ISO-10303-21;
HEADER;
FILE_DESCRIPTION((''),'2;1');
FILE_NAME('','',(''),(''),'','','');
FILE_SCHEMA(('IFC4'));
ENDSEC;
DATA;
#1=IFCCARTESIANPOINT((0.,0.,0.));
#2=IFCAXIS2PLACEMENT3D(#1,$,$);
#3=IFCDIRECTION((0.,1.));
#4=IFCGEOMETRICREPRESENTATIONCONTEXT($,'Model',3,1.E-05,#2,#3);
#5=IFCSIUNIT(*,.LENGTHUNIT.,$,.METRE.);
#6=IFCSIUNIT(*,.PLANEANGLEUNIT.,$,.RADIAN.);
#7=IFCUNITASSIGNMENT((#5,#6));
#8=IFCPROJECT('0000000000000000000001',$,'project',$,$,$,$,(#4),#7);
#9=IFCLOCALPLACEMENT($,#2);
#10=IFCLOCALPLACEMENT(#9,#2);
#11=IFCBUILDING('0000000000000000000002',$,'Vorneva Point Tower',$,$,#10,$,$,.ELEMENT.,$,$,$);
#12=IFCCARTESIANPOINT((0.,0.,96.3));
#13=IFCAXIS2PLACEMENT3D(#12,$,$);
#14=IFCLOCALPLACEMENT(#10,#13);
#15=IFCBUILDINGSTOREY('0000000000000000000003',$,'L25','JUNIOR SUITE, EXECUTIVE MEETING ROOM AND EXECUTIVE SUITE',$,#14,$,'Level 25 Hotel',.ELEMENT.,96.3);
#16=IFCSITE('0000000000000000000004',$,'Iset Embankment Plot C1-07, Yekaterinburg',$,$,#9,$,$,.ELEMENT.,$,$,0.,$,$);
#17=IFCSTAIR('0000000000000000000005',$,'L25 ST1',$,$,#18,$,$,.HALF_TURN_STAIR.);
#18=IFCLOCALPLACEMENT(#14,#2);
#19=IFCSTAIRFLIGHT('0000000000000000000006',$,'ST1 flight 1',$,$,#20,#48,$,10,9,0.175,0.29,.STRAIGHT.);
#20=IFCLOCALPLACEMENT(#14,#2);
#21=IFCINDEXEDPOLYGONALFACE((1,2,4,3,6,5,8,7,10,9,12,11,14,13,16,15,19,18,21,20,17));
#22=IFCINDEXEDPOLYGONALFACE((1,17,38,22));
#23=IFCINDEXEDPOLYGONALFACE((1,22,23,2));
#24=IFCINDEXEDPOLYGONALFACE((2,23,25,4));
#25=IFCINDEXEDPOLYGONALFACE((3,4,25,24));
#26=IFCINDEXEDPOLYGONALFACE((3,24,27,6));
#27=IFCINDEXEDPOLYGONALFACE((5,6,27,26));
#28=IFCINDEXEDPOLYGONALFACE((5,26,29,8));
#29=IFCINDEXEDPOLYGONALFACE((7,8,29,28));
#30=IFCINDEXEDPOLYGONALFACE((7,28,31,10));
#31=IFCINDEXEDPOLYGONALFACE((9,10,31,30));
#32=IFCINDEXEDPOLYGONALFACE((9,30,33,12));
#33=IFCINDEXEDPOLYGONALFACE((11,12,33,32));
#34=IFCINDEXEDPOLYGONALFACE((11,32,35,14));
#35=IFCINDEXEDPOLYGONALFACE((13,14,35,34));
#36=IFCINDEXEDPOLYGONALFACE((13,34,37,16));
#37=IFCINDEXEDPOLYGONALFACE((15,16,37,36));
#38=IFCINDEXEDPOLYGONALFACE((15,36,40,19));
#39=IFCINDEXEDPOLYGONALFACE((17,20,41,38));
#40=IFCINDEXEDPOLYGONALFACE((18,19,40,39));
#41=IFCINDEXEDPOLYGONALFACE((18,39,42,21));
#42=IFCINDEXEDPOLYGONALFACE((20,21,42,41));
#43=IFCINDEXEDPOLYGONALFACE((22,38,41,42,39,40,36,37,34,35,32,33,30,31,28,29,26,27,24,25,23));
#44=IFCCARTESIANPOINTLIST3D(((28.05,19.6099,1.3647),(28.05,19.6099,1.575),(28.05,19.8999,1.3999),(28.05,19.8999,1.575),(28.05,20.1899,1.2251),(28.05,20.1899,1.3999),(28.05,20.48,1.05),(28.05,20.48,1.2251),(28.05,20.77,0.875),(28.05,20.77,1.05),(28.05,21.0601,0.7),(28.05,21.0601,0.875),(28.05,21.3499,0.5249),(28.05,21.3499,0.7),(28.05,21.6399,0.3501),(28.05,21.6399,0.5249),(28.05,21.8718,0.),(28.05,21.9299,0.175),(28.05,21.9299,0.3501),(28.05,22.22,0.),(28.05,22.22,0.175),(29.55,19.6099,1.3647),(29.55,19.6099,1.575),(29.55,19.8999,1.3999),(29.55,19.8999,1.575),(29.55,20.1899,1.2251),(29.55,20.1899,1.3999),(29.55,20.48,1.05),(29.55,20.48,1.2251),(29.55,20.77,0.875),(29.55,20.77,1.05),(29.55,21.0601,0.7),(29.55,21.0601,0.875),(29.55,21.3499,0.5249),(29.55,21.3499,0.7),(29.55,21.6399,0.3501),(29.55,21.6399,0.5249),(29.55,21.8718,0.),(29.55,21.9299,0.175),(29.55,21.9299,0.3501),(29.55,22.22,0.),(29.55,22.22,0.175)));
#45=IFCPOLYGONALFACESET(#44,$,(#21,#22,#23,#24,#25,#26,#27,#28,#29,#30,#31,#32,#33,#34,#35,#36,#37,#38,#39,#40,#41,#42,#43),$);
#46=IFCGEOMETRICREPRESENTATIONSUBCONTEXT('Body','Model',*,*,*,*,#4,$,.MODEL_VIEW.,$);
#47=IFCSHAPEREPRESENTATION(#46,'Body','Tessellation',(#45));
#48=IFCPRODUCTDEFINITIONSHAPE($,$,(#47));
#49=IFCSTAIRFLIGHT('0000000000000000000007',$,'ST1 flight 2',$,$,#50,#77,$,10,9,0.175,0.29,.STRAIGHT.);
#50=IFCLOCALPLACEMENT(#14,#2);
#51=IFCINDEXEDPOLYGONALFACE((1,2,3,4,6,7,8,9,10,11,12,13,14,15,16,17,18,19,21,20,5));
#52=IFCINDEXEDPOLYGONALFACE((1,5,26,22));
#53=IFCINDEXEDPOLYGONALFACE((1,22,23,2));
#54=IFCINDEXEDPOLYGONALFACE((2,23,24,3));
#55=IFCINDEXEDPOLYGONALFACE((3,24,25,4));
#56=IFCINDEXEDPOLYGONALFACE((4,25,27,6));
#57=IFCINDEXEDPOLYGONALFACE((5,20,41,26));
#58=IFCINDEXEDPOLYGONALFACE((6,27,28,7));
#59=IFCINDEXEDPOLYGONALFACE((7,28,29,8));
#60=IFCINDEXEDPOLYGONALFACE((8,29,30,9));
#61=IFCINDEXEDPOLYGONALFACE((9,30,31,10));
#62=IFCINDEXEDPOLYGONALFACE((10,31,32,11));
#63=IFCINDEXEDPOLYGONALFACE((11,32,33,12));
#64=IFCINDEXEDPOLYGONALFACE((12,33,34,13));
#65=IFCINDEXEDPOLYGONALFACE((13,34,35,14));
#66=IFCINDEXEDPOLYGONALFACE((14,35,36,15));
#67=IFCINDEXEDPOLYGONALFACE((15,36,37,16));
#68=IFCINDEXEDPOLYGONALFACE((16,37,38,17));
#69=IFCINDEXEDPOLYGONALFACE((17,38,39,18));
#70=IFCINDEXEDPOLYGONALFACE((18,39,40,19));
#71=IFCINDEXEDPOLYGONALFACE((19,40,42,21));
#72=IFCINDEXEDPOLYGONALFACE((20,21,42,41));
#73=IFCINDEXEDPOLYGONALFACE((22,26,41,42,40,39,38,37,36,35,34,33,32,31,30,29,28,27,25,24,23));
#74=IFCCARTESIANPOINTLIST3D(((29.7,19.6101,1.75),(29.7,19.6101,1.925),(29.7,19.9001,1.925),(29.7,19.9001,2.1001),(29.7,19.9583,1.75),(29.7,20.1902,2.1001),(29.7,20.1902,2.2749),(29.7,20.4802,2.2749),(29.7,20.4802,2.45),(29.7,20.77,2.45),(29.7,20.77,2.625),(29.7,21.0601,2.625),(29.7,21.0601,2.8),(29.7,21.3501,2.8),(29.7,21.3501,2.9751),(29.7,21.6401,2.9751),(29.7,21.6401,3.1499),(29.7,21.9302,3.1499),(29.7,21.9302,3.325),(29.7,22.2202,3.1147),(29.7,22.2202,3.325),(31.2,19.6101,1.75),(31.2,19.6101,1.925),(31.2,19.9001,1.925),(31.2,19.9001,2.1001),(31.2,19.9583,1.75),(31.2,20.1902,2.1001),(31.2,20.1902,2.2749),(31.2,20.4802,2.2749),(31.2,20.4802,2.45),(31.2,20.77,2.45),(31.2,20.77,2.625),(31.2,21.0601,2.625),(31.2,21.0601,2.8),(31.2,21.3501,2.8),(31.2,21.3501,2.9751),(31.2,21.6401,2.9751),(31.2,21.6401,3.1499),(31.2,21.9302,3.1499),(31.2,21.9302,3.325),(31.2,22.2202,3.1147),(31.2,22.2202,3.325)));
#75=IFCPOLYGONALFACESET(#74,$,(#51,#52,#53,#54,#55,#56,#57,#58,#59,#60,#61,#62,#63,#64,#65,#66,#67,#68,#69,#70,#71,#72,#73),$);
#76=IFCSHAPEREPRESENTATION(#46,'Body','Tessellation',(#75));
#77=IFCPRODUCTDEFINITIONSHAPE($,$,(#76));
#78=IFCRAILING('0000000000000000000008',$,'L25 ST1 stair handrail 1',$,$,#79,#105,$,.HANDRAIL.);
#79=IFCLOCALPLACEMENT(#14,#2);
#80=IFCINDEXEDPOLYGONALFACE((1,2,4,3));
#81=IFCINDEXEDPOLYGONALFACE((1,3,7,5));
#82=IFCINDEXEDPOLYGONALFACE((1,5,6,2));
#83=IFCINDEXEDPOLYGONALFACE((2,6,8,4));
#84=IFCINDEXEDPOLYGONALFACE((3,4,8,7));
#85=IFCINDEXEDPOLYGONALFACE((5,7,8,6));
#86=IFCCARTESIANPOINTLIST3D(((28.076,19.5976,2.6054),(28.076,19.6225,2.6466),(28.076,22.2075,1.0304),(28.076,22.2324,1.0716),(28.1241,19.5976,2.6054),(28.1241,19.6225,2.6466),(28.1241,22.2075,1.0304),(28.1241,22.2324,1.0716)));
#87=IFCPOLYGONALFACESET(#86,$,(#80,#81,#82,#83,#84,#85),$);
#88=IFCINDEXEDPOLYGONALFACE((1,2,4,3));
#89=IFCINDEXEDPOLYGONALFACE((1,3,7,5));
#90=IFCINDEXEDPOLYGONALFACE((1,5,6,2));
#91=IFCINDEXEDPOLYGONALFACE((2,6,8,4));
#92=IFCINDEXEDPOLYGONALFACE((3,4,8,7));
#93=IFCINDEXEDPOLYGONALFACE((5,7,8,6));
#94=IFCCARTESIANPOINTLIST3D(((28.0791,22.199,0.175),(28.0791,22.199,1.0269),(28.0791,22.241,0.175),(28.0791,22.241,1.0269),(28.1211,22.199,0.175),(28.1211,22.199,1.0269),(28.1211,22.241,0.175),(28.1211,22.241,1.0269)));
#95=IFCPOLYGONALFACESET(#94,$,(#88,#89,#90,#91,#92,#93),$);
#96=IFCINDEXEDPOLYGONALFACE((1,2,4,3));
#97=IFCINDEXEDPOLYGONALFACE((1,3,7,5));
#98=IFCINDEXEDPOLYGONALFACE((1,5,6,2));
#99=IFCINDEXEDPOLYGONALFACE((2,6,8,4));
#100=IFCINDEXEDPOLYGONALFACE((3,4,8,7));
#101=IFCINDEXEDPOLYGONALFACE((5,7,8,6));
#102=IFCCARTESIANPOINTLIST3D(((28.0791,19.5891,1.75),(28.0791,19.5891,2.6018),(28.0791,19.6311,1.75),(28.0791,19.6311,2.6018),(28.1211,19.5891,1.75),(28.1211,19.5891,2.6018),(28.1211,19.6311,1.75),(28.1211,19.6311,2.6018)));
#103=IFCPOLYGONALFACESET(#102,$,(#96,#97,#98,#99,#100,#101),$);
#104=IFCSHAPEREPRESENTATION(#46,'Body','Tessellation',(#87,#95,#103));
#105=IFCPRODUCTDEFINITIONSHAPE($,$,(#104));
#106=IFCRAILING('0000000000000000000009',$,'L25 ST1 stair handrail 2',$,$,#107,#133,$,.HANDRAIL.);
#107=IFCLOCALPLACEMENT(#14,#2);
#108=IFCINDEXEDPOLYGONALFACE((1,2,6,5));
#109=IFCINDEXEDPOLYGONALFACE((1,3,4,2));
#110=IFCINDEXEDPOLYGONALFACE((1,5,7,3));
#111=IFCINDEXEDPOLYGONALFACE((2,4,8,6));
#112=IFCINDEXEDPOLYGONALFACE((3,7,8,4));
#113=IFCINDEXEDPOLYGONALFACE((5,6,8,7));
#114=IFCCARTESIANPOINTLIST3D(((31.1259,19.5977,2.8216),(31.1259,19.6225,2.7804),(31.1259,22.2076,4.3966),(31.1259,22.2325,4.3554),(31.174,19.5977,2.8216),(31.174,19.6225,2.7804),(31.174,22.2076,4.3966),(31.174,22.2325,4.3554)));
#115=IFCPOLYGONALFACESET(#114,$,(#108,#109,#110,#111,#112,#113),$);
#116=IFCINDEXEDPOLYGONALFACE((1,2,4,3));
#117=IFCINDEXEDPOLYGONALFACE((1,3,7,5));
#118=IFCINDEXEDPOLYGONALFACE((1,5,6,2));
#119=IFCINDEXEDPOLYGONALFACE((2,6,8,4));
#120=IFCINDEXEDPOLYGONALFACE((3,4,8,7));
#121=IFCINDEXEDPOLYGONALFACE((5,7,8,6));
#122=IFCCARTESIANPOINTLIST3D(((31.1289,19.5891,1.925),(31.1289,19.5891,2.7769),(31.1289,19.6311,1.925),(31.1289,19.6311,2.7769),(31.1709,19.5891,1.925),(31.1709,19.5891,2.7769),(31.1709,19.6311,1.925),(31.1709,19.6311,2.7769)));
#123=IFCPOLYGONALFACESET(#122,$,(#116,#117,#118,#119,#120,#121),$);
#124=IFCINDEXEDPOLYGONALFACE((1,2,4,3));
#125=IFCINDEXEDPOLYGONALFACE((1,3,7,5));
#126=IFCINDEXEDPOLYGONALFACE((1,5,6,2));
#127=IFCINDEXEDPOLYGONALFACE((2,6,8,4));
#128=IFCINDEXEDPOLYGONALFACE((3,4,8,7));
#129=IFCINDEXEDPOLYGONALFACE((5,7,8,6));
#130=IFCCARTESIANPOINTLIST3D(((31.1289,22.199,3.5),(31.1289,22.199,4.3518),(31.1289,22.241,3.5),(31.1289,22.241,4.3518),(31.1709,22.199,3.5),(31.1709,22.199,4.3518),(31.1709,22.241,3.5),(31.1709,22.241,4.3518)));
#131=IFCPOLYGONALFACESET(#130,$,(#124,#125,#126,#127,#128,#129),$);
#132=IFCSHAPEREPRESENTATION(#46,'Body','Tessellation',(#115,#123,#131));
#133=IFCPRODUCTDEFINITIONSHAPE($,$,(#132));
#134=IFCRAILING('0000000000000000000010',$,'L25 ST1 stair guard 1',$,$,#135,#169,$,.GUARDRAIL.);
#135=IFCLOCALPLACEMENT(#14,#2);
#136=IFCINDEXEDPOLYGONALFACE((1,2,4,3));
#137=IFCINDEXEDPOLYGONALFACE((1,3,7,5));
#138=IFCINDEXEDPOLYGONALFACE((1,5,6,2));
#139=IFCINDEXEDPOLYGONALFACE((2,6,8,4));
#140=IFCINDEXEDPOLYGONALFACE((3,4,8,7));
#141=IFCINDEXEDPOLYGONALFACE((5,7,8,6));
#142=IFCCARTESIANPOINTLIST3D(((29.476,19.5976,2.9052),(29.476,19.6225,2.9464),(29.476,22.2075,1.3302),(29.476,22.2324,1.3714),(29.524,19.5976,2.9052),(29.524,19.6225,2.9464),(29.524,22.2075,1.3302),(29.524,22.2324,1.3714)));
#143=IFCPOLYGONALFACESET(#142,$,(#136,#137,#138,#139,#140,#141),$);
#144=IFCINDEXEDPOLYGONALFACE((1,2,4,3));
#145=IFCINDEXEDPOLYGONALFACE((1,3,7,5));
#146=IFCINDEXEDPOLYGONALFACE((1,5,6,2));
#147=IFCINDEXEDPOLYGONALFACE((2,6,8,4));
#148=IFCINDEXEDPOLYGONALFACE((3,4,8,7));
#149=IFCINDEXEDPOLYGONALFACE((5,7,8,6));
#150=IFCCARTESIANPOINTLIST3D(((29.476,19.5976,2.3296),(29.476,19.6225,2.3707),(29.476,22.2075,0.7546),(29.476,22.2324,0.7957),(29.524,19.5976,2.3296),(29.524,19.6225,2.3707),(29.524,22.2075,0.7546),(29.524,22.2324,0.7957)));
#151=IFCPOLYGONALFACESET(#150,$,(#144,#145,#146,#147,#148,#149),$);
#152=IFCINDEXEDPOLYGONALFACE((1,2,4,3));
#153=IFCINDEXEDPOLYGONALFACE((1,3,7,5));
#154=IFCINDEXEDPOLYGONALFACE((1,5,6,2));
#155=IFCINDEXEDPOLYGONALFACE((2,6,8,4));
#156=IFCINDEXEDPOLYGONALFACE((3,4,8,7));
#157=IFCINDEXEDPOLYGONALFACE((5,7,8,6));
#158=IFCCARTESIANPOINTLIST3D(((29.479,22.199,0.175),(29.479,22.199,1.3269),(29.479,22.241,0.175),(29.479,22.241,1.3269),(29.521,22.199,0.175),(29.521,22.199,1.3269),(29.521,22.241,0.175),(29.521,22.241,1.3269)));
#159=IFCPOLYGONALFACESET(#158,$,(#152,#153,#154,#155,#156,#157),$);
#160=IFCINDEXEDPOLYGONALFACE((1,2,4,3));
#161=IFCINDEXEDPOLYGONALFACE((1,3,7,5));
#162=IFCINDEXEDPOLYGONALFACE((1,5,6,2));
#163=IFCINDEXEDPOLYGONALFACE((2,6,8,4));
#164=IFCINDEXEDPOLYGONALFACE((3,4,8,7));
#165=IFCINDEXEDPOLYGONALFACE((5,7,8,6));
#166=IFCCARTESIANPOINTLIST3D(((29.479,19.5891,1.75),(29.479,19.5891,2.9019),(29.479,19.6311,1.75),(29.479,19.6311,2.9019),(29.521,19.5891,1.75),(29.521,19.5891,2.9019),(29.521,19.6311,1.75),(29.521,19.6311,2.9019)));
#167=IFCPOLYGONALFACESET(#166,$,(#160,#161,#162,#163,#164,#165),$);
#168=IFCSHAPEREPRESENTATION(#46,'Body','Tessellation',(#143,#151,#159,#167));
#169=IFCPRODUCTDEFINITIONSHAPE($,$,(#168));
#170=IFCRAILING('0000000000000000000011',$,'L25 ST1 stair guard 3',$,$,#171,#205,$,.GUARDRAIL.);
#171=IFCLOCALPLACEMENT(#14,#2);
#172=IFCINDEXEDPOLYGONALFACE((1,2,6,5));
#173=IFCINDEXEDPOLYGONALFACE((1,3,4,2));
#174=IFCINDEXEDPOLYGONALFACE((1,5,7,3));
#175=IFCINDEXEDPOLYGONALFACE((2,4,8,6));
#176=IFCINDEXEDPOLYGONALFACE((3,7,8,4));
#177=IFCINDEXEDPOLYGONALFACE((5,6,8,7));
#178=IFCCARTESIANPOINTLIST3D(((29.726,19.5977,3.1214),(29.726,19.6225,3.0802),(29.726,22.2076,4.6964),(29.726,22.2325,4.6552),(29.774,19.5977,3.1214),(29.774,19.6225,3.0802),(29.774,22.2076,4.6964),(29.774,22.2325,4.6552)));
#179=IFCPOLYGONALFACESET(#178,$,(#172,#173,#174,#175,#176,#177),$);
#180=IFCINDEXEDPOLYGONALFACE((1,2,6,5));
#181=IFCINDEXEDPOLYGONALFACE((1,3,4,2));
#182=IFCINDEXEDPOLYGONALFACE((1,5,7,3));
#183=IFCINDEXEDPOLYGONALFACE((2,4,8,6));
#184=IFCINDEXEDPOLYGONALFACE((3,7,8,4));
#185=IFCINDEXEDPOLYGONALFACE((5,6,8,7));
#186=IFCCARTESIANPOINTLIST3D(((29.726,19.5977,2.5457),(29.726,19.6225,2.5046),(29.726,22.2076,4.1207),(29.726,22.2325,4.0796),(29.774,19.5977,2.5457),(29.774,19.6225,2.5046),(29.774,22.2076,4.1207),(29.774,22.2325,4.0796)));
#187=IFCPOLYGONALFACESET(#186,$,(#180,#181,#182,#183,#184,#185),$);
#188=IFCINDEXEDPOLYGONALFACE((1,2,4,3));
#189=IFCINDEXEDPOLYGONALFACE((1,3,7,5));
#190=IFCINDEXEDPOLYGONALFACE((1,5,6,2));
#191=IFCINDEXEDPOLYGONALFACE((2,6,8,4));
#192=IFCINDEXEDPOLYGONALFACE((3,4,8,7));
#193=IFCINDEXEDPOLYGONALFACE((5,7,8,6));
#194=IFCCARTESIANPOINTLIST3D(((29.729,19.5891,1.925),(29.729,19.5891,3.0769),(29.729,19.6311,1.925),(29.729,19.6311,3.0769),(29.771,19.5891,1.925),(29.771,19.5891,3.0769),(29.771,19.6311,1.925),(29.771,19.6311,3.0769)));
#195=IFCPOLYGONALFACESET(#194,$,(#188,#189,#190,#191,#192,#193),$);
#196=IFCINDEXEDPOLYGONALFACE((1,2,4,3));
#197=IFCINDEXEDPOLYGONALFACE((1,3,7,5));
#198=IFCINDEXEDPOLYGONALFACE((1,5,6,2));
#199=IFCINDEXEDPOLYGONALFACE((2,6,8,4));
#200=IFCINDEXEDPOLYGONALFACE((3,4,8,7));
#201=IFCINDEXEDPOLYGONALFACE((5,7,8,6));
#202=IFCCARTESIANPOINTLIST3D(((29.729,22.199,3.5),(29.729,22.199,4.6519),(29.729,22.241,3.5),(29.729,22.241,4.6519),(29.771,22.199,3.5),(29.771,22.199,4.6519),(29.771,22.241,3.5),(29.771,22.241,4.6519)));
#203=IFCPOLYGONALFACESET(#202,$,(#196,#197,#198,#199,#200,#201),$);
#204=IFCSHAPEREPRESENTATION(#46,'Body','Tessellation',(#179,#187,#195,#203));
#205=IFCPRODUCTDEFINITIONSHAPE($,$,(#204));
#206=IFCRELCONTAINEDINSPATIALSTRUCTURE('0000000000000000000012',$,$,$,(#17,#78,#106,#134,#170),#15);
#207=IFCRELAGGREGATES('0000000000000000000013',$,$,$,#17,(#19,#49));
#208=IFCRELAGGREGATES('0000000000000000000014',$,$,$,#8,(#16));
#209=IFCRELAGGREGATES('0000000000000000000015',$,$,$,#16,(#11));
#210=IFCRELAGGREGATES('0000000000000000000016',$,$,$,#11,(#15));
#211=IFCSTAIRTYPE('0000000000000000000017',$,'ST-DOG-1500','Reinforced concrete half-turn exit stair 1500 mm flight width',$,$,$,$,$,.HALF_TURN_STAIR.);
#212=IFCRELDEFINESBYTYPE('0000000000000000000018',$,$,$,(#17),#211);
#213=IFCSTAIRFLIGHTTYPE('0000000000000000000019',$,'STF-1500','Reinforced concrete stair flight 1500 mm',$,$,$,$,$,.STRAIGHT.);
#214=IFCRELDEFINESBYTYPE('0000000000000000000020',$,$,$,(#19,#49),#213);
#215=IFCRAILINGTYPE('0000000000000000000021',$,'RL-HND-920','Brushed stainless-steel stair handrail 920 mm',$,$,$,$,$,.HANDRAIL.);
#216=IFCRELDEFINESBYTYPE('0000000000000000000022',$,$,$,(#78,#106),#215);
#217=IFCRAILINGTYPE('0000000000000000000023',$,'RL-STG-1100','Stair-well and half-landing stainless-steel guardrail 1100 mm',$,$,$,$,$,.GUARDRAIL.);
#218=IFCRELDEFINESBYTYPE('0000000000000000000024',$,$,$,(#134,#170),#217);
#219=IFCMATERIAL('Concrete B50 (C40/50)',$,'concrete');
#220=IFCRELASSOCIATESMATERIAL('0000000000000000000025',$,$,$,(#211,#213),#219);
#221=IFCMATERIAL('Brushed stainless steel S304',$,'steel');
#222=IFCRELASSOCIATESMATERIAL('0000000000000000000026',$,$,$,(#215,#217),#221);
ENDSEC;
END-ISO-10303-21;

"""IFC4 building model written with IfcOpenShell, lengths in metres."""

from ifc_helpers import new_model, si_unit, direction, frame, origin, origin_2d, place, context, subcontext, project, spatial, polyline, rectangle, outline, extrude, material, type_object, element, aggregate, save


model = new_model("IFC4")

# Units and contexts
model_context = context("Model", 3, precision=1e-05, world=origin(), true_north=direction((0.0, 1.0)))
body_context = subcontext(model_context, "Body", "Model", "MODEL_VIEW")
ifc_project = project(units=[si_unit("LENGTHUNIT", "METRE"), si_unit("PLANEANGLEUNIT", "RADIAN")], contexts=[model_context])

# Site, building, storey
site_placement = place(None, origin())
site = spatial("IfcSite", under=ifc_project, at=site_placement, Name="Iset Embankment Plot C1-07, Yekaterinburg", CompositionType="ELEMENT", RefElevation=0.0)
building_placement = place(site_placement, origin())
building = spatial("IfcBuilding", under=site, at=building_placement, Name="Vorneva Point Tower", CompositionType="ELEMENT")
storey_placement = place(building_placement, frame((0.0, 0.0, 96.3)))
storey = spatial("IfcBuildingStorey", under=building, at=storey_placement, Name="L25", Description="JUNIOR SUITE, EXECUTIVE MEETING ROOM AND EXECUTIVE SUITE", LongName="Level 25 Hotel", CompositionType="ELEMENT", Elevation=96.3)

# Shared definitions
ifc_material_1 = material(Name="Concrete B50 (C40/50)", Category="concrete")

# Stair, stair flights
stair_type = type_object("IfcStairType", Name="ST-DOG-1500", Description="Reinforced concrete half-turn exit stair 1500 mm flight width", PredefinedType="HALF_TURN_STAIR", material=ifc_material_1)
stair_placement = place(storey_placement, origin())
stair = element("IfcStair", 1, at=stair_placement, inside=storey, type_object=stair_type, Name="L25 ST1", PredefinedType="HALF_TURN_STAIR")
stair_flight_type = type_object("IfcStairFlightType", Name="STF-1500", Description="Reinforced concrete stair flight 1500 mm", PredefinedType="STRAIGHT", material=ifc_material_1)
stair_flight_1_placement = place(storey_placement, frame((28.8, 22.22, 0.0), z_axis=(0.0, 0.0, 1.0), x_axis=(0.0, -1.0, 0.0)))
stair_flight_1 = element("IfcStairFlight", 2, at=stair_flight_1_placement, type_object=stair_flight_type, Name="ST1 flight 1", NumberOfRisers=10, NumberOfTreads=9, PredefinedType="STRAIGHT", RiserHeight=0.175, TreadLength=0.29, context=body_context, shape_type="SweptSolid", body=[
    extrude(outline(polyline([(0.0, 0.0), (0.0, 0.175), (0.29, 0.175), (0.29, 0.3501), (0.5801, 0.3501), (0.5801, 0.5249), (0.8701, 0.5249), (0.8701, 0.7), (1.1599, 0.7), (1.1599, 0.875), (1.45, 0.875), (1.45, 1.05), (1.74, 1.05), (1.74, 1.2251), (2.03, 1.2251), (2.03, 1.3999), (2.3201, 1.3999), (2.3201, 1.575), (2.6101, 1.575), (2.6101, 1.75), (2.6101, 1.3647), (0.3481, 0.0), (0.0, 0.0)])), frame((0.0, 0.75, 0.0), z_axis=(0.0, -1.0, 0.0), x_axis=(1.0, 0.0, 0.0)), (0.0, 0.0, 1.0), 1.5),
])
stair_flight_2_placement = place(storey_placement, frame((30.45, 19.6101, 1.75), z_axis=(0.0, 0.0, 1.0), x_axis=(0.0, 1.0, 0.0)))
stair_flight_2 = element("IfcStairFlight", 3, at=stair_flight_2_placement, type_object=stair_flight_type, Name="ST1 flight 2", NumberOfRisers=10, NumberOfTreads=9, PredefinedType="STRAIGHT", RiserHeight=0.175, TreadLength=0.29, context=body_context, shape_type="SweptSolid", body=[
    extrude(outline(polyline([(0.0, 0.0), (0.0, 0.175), (0.29, 0.175), (0.29, 0.3501), (0.5801, 0.3501), (0.5801, 0.5249), (0.8701, 0.5249), (0.8701, 0.7), (1.1599, 0.7), (1.1599, 0.875), (1.45, 0.875), (1.45, 1.05), (1.74, 1.05), (1.74, 1.2251), (2.03, 1.2251), (2.03, 1.3999), (2.3201, 1.3999), (2.3201, 1.575), (2.6101, 1.575), (2.6101, 1.75), (2.6101, 1.3647), (0.3481, 0.0), (0.0, 0.0)])), frame((0.0, 0.75, 0.0), z_axis=(0.0, -1.0, 0.0), x_axis=(1.0, 0.0, 0.0)), (0.0, 0.0, 1.0), 1.5),
])
aggregate(stair, [stair_flight_1, stair_flight_2])

# Railings
ifc_material_2 = material(Name="Brushed stainless steel S304", Category="steel")
railing_type_1 = type_object("IfcRailingType", Name="RL-HND-920", Description="Brushed stainless-steel stair handrail 920 mm", PredefinedType="HANDRAIL", material=ifc_material_2)
railing_1_placement = place(storey_placement, frame((28.1001, 22.22, 0.175)))
element("IfcRailing", 4, at=railing_1_placement, inside=storey, type_object=railing_type_1, Name="L25 ST1 stair handrail 1", PredefinedType="HANDRAIL", context=body_context, shape_type="SweptSolid", body=[
    extrude(rectangle(XDim=0.0481, YDim=0.0481, at=origin_2d()), frame((0.0, 0.0, 0.876), z_axis=(0.0, -0.856183, 0.516673), x_axis=(1.0, 0.0, 0.0)), (0.0, 0.0, 1.0), 3.0483),
    extrude(rectangle(XDim=0.042, YDim=0.042, at=origin_2d()), origin(), (0.0, 0.0, 1.0), 0.8518),
    extrude(rectangle(XDim=0.042, YDim=0.042, at=origin_2d()), frame((0.0, -2.6099, 1.575)), (0.0, 0.0, 1.0), 0.8518),
])
railing_2_placement = place(storey_placement, frame((31.1499, 19.6101, 1.925)))
element("IfcRailing", 5, at=railing_2_placement, inside=storey, type_object=railing_type_1, Name="L25 ST1 stair handrail 2", PredefinedType="HANDRAIL", context=body_context, shape_type="SweptSolid", body=[
    extrude(rectangle(XDim=0.0481, YDim=0.0481, at=origin_2d()), frame((0.0, 0.0, 0.876), z_axis=(0.0, 0.856183, 0.516673), x_axis=(-1.0, 0.0, 0.0)), (0.0, 0.0, 1.0), 3.0483),
    extrude(rectangle(XDim=0.042, YDim=0.042, at=origin_2d()), origin(), (0.0, 0.0, 1.0), 0.8518),
    extrude(rectangle(XDim=0.042, YDim=0.042, at=origin_2d()), frame((0.0, 2.6099, 1.575)), (0.0, 0.0, 1.0), 0.8518),
])
railing_type_2 = type_object("IfcRailingType", Name="RL-STG-1100", Description="Stair-well and half-landing stainless-steel guardrail 1100 mm", PredefinedType="GUARDRAIL", material=ifc_material_2)
railing_3_placement = place(storey_placement, frame((29.5, 22.22, 0.175)))
element("IfcRailing", 6, at=railing_3_placement, inside=storey, type_object=railing_type_2, Name="L25 ST1 stair guard 1", PredefinedType="GUARDRAIL", context=body_context, shape_type="SweptSolid", body=[
    extrude(rectangle(XDim=0.0481, YDim=0.0481, at=origin_2d()), frame((0.0, 0.0, 1.1758), z_axis=(0.0, -0.856183, 0.516673), x_axis=(1.0, 0.0, 0.0)), (0.0, 0.0, 1.0), 3.0483),
    extrude(rectangle(XDim=0.0481, YDim=0.0481, at=origin_2d()), frame((0.0, 0.0, 0.6001), z_axis=(0.0, -0.856183, 0.516673), x_axis=(1.0, 0.0, 0.0)), (0.0, 0.0, 1.0), 3.0483),
    extrude(rectangle(XDim=0.042, YDim=0.042, at=origin_2d()), origin(), (0.0, 0.0, 1.0), 1.1519),
    extrude(rectangle(XDim=0.042, YDim=0.042, at=origin_2d()), frame((0.0, -2.6099, 1.575)), (0.0, 0.0, 1.0), 1.1519),
])
railing_4_placement = place(storey_placement, frame((29.75, 19.6101, 1.925)))
element("IfcRailing", 7, at=railing_4_placement, inside=storey, type_object=railing_type_2, Name="L25 ST1 stair guard 3", PredefinedType="GUARDRAIL", context=body_context, shape_type="SweptSolid", body=[
    extrude(rectangle(XDim=0.0481, YDim=0.0481, at=origin_2d()), frame((0.0, 0.0, 1.1758), z_axis=(0.0, 0.856183, 0.516673), x_axis=(-1.0, 0.0, 0.0)), (0.0, 0.0, 1.0), 3.0483),
    extrude(rectangle(XDim=0.0481, YDim=0.0481, at=origin_2d()), frame((0.0, 0.0, 0.6001), z_axis=(0.0, 0.856183, 0.516673), x_axis=(-1.0, 0.0, 0.0)), (0.0, 0.0, 1.0), 3.0483),
    extrude(rectangle(XDim=0.042, YDim=0.042, at=origin_2d()), origin(), (0.0, 0.0, 1.0), 1.1519),
    extrude(rectangle(XDim=0.042, YDim=0.042, at=origin_2d()), frame((0.0, 2.6099, 1.575)), (0.0, 0.0, 1.0), 1.1519),
])

save(model, "model.ifc")
